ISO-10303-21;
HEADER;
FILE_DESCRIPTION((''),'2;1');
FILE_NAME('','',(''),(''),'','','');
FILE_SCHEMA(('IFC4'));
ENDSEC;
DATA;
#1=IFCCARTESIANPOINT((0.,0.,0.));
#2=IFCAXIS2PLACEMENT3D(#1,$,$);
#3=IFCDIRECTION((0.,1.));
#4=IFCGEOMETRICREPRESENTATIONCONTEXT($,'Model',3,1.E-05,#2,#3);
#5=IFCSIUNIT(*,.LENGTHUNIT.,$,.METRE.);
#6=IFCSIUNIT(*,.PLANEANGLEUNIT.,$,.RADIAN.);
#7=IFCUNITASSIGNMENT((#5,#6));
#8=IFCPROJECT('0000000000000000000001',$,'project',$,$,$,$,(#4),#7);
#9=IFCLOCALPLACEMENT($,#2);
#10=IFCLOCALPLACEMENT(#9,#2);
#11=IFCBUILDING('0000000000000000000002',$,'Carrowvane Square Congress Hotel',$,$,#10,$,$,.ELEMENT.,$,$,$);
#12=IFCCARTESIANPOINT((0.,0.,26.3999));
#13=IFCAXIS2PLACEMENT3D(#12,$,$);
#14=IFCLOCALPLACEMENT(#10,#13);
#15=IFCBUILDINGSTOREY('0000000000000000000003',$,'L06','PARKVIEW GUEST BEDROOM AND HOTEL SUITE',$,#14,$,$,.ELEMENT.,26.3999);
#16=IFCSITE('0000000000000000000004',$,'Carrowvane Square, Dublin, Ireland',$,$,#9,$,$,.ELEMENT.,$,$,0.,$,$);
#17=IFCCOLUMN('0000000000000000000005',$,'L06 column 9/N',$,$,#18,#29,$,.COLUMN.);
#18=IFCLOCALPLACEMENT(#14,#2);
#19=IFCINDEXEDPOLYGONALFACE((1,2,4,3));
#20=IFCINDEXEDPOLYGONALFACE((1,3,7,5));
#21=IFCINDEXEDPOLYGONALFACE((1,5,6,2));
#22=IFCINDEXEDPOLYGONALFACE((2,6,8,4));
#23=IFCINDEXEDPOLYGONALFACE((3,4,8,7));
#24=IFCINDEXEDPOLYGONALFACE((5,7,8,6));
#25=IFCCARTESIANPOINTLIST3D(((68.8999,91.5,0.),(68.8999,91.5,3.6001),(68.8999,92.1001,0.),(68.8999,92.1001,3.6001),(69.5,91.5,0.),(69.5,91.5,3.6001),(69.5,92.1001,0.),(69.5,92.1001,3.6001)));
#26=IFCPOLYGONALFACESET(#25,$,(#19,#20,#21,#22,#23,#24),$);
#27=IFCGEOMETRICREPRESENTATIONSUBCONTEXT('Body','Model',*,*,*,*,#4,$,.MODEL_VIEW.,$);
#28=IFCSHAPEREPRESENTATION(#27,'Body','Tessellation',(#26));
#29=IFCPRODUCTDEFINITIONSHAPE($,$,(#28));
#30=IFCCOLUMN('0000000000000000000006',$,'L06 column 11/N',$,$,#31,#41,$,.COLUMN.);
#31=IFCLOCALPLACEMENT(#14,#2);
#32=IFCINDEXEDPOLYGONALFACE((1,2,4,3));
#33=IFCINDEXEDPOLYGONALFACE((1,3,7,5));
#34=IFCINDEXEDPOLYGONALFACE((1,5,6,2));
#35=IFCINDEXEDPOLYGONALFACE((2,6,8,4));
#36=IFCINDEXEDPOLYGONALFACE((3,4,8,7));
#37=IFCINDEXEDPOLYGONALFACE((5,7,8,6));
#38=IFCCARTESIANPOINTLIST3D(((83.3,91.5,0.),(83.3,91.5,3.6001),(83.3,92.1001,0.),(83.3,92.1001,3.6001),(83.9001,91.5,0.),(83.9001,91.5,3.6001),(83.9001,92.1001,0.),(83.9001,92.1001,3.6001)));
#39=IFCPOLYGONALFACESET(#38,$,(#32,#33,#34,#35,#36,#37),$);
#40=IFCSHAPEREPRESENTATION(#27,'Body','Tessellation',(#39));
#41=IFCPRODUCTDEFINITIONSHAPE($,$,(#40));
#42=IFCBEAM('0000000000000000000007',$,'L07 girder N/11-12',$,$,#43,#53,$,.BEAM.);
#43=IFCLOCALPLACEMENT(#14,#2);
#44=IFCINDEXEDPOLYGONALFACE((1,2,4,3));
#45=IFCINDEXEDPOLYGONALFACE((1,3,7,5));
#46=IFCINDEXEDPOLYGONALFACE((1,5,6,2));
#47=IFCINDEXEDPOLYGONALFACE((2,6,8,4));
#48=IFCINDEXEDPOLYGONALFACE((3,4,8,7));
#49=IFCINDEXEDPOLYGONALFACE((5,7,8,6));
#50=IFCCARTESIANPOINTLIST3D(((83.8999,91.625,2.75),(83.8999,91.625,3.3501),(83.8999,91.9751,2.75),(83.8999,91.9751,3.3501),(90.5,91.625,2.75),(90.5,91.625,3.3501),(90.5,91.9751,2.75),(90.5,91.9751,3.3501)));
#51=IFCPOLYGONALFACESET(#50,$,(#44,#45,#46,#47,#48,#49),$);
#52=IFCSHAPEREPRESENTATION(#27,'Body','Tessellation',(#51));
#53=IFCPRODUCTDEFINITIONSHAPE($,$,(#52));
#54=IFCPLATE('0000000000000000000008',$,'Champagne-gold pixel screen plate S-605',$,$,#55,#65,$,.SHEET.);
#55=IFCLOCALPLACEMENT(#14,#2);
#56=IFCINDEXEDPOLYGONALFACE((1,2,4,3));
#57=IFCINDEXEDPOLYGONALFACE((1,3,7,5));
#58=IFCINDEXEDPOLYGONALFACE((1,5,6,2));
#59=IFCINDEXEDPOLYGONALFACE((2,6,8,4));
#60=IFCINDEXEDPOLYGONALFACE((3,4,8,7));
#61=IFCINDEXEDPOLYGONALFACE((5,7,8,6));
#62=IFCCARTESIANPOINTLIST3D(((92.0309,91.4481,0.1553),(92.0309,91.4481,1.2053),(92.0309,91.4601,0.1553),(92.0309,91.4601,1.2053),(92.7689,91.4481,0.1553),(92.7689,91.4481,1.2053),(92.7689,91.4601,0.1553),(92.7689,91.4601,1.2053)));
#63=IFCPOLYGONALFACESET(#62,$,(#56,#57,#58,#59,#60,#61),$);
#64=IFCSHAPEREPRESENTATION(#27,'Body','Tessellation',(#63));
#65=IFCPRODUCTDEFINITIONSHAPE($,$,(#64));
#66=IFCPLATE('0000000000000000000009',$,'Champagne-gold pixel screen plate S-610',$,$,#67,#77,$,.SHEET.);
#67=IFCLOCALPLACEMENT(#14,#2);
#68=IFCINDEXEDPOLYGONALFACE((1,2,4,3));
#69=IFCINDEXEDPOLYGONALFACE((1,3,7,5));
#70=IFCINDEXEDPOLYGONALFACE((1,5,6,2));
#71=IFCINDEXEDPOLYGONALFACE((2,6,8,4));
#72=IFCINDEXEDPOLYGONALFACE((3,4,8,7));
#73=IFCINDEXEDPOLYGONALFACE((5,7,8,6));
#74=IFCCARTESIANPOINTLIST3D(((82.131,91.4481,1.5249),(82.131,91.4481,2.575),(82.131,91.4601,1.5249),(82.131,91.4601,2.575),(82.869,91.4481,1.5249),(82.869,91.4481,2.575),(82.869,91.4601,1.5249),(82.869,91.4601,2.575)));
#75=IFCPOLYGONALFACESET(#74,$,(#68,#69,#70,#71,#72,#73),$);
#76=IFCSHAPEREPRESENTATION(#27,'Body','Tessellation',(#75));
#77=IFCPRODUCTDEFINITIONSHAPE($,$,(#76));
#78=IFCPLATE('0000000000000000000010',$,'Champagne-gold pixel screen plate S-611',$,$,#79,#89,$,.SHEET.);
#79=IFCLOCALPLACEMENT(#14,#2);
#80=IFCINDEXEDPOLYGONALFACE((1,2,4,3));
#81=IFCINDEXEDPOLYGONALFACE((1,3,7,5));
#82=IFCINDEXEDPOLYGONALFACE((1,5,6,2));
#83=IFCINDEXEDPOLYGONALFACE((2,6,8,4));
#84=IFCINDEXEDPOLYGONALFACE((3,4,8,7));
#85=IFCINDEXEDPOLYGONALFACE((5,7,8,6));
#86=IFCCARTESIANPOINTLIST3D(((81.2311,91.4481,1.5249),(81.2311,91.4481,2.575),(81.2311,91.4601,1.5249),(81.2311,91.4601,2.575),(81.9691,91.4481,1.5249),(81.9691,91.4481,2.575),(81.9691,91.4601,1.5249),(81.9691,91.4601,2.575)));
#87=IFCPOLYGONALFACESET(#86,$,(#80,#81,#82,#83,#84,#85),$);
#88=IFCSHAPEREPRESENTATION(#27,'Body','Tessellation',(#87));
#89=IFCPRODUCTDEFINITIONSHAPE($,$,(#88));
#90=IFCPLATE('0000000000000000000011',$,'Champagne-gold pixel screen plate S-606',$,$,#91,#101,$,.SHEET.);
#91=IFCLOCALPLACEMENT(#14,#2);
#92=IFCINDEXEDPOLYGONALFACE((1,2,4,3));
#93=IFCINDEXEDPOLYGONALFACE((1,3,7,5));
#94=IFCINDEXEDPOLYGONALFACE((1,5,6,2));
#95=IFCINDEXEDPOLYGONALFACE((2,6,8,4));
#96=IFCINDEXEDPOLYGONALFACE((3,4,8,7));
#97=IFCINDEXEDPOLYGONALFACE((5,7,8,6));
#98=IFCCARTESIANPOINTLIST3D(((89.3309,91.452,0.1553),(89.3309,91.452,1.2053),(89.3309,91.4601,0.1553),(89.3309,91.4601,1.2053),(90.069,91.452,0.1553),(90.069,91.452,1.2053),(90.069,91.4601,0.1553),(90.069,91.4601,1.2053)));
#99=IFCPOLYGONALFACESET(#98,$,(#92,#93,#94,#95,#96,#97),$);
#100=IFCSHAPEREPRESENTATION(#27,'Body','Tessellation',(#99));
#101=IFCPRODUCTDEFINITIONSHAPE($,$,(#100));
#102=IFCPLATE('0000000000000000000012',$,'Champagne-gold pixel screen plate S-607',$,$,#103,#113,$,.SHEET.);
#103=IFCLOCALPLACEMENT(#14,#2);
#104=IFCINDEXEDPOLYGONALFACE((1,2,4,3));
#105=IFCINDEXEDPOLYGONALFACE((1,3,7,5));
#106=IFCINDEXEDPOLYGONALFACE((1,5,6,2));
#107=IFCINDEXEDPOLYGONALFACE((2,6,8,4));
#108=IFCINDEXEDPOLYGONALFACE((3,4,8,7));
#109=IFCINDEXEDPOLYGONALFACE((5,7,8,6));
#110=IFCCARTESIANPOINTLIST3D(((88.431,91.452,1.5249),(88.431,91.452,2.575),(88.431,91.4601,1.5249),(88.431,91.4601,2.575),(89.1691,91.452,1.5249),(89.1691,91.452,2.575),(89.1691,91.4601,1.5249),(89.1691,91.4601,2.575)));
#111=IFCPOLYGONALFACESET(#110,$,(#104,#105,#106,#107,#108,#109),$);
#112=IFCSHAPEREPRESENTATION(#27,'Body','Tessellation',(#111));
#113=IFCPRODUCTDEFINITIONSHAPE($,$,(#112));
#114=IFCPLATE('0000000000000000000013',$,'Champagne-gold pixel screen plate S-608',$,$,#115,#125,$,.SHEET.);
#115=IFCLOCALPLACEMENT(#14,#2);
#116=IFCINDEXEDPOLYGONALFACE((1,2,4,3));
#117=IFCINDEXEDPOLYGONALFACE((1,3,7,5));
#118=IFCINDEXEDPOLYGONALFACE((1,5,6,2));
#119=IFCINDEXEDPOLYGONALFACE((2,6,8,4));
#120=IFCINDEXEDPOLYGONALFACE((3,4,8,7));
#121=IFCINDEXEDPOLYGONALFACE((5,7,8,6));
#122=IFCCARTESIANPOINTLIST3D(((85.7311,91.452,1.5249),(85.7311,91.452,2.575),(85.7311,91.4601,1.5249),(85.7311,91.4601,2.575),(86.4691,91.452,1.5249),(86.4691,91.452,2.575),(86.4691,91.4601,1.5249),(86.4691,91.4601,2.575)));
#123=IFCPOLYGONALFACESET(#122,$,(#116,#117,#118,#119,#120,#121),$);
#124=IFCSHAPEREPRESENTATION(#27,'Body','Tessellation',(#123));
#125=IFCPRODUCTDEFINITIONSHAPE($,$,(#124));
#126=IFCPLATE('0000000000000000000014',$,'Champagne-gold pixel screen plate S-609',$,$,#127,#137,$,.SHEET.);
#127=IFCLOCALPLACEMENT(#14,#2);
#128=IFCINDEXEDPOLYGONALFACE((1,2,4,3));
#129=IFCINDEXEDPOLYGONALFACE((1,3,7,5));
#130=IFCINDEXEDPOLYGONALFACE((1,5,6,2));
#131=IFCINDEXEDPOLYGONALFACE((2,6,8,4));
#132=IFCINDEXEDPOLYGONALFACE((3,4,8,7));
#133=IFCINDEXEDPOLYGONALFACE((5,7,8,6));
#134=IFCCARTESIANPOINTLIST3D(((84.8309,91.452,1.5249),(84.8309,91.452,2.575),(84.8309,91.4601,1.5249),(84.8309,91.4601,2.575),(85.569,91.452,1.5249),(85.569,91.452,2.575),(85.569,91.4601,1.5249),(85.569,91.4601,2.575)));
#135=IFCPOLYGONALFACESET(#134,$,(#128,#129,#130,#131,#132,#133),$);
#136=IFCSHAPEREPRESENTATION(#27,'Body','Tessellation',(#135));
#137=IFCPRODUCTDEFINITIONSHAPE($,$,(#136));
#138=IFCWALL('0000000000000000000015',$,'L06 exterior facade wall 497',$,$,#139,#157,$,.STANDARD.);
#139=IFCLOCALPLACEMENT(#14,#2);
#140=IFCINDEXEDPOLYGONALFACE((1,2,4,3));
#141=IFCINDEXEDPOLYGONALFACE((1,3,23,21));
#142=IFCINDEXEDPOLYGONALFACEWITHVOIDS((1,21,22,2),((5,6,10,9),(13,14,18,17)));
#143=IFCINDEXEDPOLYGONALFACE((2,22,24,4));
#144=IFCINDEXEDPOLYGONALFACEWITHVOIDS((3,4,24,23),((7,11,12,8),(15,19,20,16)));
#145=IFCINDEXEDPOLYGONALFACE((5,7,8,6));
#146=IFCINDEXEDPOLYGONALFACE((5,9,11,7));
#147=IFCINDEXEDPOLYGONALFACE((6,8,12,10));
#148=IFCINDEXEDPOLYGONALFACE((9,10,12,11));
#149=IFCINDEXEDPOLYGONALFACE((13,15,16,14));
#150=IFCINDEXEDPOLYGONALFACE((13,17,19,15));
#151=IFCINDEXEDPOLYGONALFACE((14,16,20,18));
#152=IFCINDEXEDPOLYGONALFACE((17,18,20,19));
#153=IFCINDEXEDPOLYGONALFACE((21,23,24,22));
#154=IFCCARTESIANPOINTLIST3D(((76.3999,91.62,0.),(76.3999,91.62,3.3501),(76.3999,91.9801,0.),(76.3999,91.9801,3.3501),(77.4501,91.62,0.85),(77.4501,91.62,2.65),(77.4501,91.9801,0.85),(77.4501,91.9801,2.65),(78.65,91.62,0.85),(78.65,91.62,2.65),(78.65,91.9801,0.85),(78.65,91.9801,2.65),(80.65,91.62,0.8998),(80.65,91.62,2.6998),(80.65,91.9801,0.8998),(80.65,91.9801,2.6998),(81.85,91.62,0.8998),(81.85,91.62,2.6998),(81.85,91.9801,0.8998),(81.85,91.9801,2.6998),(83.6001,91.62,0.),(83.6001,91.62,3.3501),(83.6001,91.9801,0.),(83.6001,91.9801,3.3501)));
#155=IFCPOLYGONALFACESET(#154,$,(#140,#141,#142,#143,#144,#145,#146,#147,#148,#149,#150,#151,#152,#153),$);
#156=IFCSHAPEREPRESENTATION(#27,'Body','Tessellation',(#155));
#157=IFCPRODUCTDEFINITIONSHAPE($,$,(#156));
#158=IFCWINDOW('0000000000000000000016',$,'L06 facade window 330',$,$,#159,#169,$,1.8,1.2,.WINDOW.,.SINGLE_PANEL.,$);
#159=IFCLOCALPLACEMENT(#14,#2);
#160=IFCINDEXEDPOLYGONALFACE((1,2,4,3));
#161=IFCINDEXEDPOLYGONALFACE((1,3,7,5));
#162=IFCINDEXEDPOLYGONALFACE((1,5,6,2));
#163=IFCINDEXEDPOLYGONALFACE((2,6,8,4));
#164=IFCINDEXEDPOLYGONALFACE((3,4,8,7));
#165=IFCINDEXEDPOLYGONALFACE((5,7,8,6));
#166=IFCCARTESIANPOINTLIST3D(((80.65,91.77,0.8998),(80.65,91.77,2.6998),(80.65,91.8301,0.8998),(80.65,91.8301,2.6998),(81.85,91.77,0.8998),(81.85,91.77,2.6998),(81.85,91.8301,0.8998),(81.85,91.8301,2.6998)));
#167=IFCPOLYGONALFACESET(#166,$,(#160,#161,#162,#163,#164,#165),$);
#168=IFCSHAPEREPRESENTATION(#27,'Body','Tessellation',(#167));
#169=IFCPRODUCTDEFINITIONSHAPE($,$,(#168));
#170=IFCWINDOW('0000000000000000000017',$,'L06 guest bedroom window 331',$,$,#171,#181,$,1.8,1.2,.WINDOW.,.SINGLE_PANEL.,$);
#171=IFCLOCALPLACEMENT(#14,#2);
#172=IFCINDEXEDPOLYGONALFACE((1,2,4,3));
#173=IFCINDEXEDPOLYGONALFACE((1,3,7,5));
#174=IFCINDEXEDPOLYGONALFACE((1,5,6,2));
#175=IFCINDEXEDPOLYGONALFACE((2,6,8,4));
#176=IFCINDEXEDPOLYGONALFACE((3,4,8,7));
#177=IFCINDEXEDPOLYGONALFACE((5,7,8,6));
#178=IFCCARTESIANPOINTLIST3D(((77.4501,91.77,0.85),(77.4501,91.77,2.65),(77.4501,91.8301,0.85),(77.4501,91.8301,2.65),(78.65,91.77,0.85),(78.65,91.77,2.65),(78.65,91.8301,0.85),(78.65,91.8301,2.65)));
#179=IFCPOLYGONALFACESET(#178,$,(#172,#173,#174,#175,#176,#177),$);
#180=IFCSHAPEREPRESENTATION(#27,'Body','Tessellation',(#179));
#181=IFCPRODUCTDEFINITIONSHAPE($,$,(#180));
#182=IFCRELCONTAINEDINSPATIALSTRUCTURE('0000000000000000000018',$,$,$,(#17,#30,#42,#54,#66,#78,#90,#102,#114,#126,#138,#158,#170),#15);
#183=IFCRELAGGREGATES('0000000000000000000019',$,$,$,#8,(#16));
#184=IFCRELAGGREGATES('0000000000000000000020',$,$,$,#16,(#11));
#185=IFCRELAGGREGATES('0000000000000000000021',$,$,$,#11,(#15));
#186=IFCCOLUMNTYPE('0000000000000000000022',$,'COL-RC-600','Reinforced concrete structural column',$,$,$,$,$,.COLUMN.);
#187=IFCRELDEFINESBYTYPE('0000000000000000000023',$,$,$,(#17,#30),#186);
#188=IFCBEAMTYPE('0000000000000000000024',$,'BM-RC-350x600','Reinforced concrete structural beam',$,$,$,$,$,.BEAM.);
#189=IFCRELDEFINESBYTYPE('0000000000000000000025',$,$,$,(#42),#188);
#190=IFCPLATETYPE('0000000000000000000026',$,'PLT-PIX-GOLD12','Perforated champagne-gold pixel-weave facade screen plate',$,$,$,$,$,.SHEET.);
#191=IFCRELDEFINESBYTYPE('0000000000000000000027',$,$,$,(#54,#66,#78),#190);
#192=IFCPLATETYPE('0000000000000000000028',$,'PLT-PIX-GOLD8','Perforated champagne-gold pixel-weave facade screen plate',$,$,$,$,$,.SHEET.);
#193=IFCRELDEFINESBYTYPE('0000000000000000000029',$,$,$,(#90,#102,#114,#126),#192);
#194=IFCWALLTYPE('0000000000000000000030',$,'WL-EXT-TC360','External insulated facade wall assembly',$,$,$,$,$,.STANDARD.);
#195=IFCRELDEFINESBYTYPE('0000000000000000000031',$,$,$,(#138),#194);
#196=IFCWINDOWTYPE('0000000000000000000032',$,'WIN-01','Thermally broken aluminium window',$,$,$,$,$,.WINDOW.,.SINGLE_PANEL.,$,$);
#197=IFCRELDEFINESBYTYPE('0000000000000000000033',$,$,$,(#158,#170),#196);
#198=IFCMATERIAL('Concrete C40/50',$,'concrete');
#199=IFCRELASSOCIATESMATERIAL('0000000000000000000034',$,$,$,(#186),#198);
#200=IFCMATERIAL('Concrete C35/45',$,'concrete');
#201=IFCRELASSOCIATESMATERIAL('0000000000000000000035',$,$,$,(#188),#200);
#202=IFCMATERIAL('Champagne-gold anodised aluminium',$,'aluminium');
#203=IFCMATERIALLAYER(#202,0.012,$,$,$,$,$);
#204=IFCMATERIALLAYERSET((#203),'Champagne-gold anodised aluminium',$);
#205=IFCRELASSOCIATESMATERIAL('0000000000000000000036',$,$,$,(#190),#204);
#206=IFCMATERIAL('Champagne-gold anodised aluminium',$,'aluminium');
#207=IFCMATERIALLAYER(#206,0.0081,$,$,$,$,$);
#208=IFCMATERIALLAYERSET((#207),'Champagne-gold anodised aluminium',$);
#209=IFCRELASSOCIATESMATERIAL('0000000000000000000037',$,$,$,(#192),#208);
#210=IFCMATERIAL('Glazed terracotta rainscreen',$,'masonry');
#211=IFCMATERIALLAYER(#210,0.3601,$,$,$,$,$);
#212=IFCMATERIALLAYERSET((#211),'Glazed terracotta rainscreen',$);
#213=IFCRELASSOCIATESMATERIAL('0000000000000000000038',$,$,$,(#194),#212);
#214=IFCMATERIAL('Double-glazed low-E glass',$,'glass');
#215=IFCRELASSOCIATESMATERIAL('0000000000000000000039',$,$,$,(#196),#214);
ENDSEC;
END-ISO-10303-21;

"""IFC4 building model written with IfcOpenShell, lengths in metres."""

from ifc_helpers import new_model, si_unit, direction, frame, frame_2d, origin, origin_2d, place, context, subcontext, project, spatial, rectangle, extrude, material, layer, layer_set, material_profile, profile_set, type_object, element, fill, save


model = new_model("IFC4")

# Units and contexts
model_context = context("Model", 3, precision=1e-05, world=origin(), true_north=direction((0.0, 1.0)))
body_context = subcontext(model_context, "Body", "Model", "MODEL_VIEW")
ifc_project = project(units=[si_unit("LENGTHUNIT", "METRE"), si_unit("PLANEANGLEUNIT", "RADIAN")], contexts=[model_context])

# Site, building, storey
site_placement = place(None, origin())
site = spatial("IfcSite", under=ifc_project, at=site_placement, Name="Carrowvane Square, Dublin, Ireland", CompositionType="ELEMENT", RefElevation=0.0)
building_placement = place(site_placement, origin())
building = spatial("IfcBuilding", under=site, at=building_placement, Name="Carrowvane Square Congress Hotel", CompositionType="ELEMENT")
storey_placement = place(building_placement, frame((0.0, 0.0, 26.3999)))
storey = spatial("IfcBuildingStorey", under=building, at=storey_placement, Name="L06", Description="PARKVIEW GUEST BEDROOM AND HOTEL SUITE", CompositionType="ELEMENT", Elevation=26.3999)

# Columns
ifc_material_1 = material(Name="Concrete C40/50", Category="concrete")
ifc_material_profile_1 = material_profile(ifc_material_1, rectangle(XDim=0.6001, YDim=0.6001, at=origin_2d()), Name="RC 600x600")
ifc_profile_set_1 = profile_set([ifc_material_profile_1], Name="Concrete C40/50")
column_type = type_object("IfcColumnType", Name="COL-RC-600", Description="Reinforced concrete structural column", PredefinedType="COLUMN", material=ifc_profile_set_1)
for number, where, z_axis, x_axis, name in (
    (1, (69.2, 91.8, 0.0), (0.0, 0.0, 1.0), (1.0, 0.0, 0.0), "L06 column 9/N"),
    (2, (83.6001, 91.8, 0.0), (0.0, 0.0, 1.0), (1.0, 0.0, 0.0), "L06 column 11/N"),
):
    element("IfcColumn", number, at=place(storey_placement, frame(where, z_axis=z_axis, x_axis=x_axis)), inside=storey, type_object=column_type, Name=name, PredefinedType="COLUMN", context=body_context, shape_type="SweptSolid", body=[
        extrude(rectangle(XDim=0.6001, YDim=0.6001, at=origin_2d()), origin(), (0.0, 0.0, 1.0), 3.6001),
    ])

# Beam
ifc_material_2 = material(Name="Concrete C35/45", Category="concrete")
ifc_material_profile_2 = material_profile(ifc_material_2, rectangle(XDim=0.3501, YDim=0.6001, at=origin_2d()), Name="RC 350x600")
ifc_profile_set_2 = profile_set([ifc_material_profile_2], Name="Concrete C35/45")
beam_type = type_object("IfcBeamType", Name="BM-RC-350x600", Description="Reinforced concrete structural beam", PredefinedType="BEAM", material=ifc_profile_set_2)
beam_placement = place(storey_placement, frame((83.8999, 91.8, 3.05), z_axis=(1.0, 0.0, 0.0), x_axis=(0.0, 1.0, 0.0)))
element("IfcBeam", 3, at=beam_placement, inside=storey, type_object=beam_type, Name="L07 girder N/11-12", PredefinedType="BEAM", context=body_context, shape_type="SweptSolid", body=[
    extrude(rectangle(XDim=0.3501, YDim=0.6001, at=origin_2d()), origin(), (0.0, 0.0, 1.0), 6.6001),
])

# Plates
ifc_material_3 = material(Name="Champagne-gold anodised aluminium", Category="aluminium")
ifc_layer_1 = layer(ifc_material_3, 0.012)
ifc_layer_set_1 = layer_set([ifc_layer_1], Name="Champagne-gold anodised aluminium")
plate_type_1 = type_object("IfcPlateType", Name="PLT-PIX-GOLD12", Description="Perforated champagne-gold pixel-weave facade screen plate", PredefinedType="SHEET", material=ifc_layer_set_1)
for number, where, z_axis, x_axis, name in (
    (4, (92.3999, 91.4541, 0.1553), (0.0, 0.0, 1.0), (-1.0, 0.0, 0.0), "Champagne-gold pixel screen plate S-605"),
    (5, (82.5, 91.4541, 1.5249), (0.0, 0.0, 1.0), (-1.0, 0.0, 0.0), "Champagne-gold pixel screen plate S-610"),
    (6, (81.6001, 91.4541, 1.5249), (0.0, 0.0, 1.0), (-1.0, 0.0, 0.0), "Champagne-gold pixel screen plate S-611"),
):
    element("IfcPlate", number, at=place(storey_placement, frame(where, z_axis=z_axis, x_axis=x_axis)), inside=storey, type_object=plate_type_1, Name=name, PredefinedType="SHEET", context=body_context, shape_type="SweptSolid", body=[
        extrude(rectangle(XDim=0.738, YDim=0.012, at=origin_2d()), origin(), (0.0, 0.0, 1.0), 1.05),
    ])
ifc_material_4 = material(Name="Champagne-gold anodised aluminium", Category="aluminium")
ifc_layer_2 = layer(ifc_material_4, 0.0081)
ifc_layer_set_2 = layer_set([ifc_layer_2], Name="Champagne-gold anodised aluminium")
plate_type_2 = type_object("IfcPlateType", Name="PLT-PIX-GOLD8", Description="Perforated champagne-gold pixel-weave facade screen plate", PredefinedType="SHEET", material=ifc_layer_set_2)
for number, where, z_axis, x_axis, name in (
    (7, (89.7, 91.4561, 0.1553), (0.0, 0.0, 1.0), (-1.0, 0.0, 0.0), "Champagne-gold pixel screen plate S-606"),
    (8, (88.8, 91.4561, 1.5249), (0.0, 0.0, 1.0), (-1.0, 0.0, 0.0), "Champagne-gold pixel screen plate S-607"),
    (9, (86.1001, 91.4561, 1.5249), (0.0, 0.0, 1.0), (-1.0, 0.0, 0.0), "Champagne-gold pixel screen plate S-608"),
    (10, (85.2, 91.4561, 1.5249), (0.0, 0.0, 1.0), (-1.0, 0.0, 0.0), "Champagne-gold pixel screen plate S-609"),
):
    element("IfcPlate", number, at=place(storey_placement, frame(where, z_axis=z_axis, x_axis=x_axis)), inside=storey, type_object=plate_type_2, Name=name, PredefinedType="SHEET", context=body_context, shape_type="SweptSolid", body=[
        extrude(rectangle(XDim=0.738, YDim=0.0081, at=origin_2d()), origin(), (0.0, 0.0, 1.0), 1.05),
    ])

# Wall, openings, windows
ifc_material_5 = material(Name="Glazed terracotta rainscreen", Category="masonry")
ifc_layer_3 = layer(ifc_material_5, 0.3601)
ifc_layer_set_3 = layer_set([ifc_layer_3], Name="Glazed terracotta rainscreen")
wall_type = type_object("IfcWallType", Name="WL-EXT-TC360", Description="External insulated facade wall assembly", PredefinedType="STANDARD", material=ifc_layer_set_3)
wall_1_placement = place(storey_placement, frame((83.6001, 91.8, 0.0), z_axis=(0.0, 0.0, 1.0), x_axis=(-1.0, 0.0, 0.0)))
wall_1 = element("IfcWall", 11, at=wall_1_placement, inside=storey, type_object=wall_type, Name="L06 exterior facade wall 497", PredefinedType="STANDARD", context=body_context, shape_type="SweptSolid", body=[
    extrude(rectangle(XDim=7.2002, YDim=0.3601, at=frame_2d((3.6001, 0.0))), origin(), (0.0, 0.0, 1.0), 3.3501),
])
opening_1_placement = place(wall_1_placement, frame((1.75, 0.0, 0.8999)))
opening_1 = element("IfcOpeningElement", 12, at=opening_1_placement, cuts=wall_1, PredefinedType="OPENING", context=body_context, shape_type="SweptSolid", body=[
    extrude(rectangle(XDim=1.2, YDim=1.8, at=frame_2d((0.6001, 0.8999))), frame((0.0, 0.1899, 0.0), z_axis=(0.0, -1.0, 0.0), x_axis=(1.0, 0.0, 0.0)), (0.0, 0.0, 1.0), 0.3801),
])
opening_2_placement = place(wall_1_placement, frame((4.95, 0.0, 0.8501)))
opening_2 = element("IfcOpeningElement", 13, at=opening_2_placement, cuts=wall_1, PredefinedType="OPENING", context=body_context, shape_type="SweptSolid", body=[
    extrude(rectangle(XDim=1.2, YDim=1.8, at=frame_2d((0.6001, 0.8999))), frame((0.0, 0.1899, 0.0), z_axis=(0.0, -1.0, 0.0), x_axis=(1.0, 0.0, 0.0)), (0.0, 0.0, 1.0), 0.3801),
])
ifc_material_6 = material(Name="Double-glazed low-E glass", Category="glass")
window_type = type_object("IfcWindowType", Name="WIN-01", Description="Thermally broken aluminium window", PartitioningType="SINGLE_PANEL", PredefinedType="WINDOW", material=ifc_material_6)
window_1_placement = place(opening_1_placement, origin())
window_1 = element("IfcWindow", 14, at=window_1_placement, inside=storey, type_object=window_type, Name="L06 facade window 330", OverallHeight=1.8, OverallWidth=1.2, PartitioningType="SINGLE_PANEL", PredefinedType="WINDOW", context=body_context, shape_type="SweptSolid", body=[
    extrude(rectangle(XDim=1.2, YDim=1.8, at=frame_2d((0.6001, 0.8999))), frame((0.0, 0.03, 0.0), z_axis=(0.0, -1.0, 0.0), x_axis=(1.0, 0.0, 0.0)), (0.0, 0.0, 1.0), 0.0601),
])
fill(opening_1, window_1)
window_2_placement = place(opening_2_placement, origin())
window_2 = element("IfcWindow", 15, at=window_2_placement, inside=storey, type_object=window_type, Name="L06 guest bedroom window 331", OverallHeight=1.8, OverallWidth=1.2, PartitioningType="SINGLE_PANEL", PredefinedType="WINDOW", context=body_context, shape_type="SweptSolid", body=[
    extrude(rectangle(XDim=1.2, YDim=1.8, at=frame_2d((0.6001, 0.8999))), frame((0.0, 0.03, 0.0), z_axis=(0.0, -1.0, 0.0), x_axis=(1.0, 0.0, 0.0)), (0.0, 0.0, 1.0), 0.0601),
])
fill(opening_2, window_2)

save(model, "model.ifc")
